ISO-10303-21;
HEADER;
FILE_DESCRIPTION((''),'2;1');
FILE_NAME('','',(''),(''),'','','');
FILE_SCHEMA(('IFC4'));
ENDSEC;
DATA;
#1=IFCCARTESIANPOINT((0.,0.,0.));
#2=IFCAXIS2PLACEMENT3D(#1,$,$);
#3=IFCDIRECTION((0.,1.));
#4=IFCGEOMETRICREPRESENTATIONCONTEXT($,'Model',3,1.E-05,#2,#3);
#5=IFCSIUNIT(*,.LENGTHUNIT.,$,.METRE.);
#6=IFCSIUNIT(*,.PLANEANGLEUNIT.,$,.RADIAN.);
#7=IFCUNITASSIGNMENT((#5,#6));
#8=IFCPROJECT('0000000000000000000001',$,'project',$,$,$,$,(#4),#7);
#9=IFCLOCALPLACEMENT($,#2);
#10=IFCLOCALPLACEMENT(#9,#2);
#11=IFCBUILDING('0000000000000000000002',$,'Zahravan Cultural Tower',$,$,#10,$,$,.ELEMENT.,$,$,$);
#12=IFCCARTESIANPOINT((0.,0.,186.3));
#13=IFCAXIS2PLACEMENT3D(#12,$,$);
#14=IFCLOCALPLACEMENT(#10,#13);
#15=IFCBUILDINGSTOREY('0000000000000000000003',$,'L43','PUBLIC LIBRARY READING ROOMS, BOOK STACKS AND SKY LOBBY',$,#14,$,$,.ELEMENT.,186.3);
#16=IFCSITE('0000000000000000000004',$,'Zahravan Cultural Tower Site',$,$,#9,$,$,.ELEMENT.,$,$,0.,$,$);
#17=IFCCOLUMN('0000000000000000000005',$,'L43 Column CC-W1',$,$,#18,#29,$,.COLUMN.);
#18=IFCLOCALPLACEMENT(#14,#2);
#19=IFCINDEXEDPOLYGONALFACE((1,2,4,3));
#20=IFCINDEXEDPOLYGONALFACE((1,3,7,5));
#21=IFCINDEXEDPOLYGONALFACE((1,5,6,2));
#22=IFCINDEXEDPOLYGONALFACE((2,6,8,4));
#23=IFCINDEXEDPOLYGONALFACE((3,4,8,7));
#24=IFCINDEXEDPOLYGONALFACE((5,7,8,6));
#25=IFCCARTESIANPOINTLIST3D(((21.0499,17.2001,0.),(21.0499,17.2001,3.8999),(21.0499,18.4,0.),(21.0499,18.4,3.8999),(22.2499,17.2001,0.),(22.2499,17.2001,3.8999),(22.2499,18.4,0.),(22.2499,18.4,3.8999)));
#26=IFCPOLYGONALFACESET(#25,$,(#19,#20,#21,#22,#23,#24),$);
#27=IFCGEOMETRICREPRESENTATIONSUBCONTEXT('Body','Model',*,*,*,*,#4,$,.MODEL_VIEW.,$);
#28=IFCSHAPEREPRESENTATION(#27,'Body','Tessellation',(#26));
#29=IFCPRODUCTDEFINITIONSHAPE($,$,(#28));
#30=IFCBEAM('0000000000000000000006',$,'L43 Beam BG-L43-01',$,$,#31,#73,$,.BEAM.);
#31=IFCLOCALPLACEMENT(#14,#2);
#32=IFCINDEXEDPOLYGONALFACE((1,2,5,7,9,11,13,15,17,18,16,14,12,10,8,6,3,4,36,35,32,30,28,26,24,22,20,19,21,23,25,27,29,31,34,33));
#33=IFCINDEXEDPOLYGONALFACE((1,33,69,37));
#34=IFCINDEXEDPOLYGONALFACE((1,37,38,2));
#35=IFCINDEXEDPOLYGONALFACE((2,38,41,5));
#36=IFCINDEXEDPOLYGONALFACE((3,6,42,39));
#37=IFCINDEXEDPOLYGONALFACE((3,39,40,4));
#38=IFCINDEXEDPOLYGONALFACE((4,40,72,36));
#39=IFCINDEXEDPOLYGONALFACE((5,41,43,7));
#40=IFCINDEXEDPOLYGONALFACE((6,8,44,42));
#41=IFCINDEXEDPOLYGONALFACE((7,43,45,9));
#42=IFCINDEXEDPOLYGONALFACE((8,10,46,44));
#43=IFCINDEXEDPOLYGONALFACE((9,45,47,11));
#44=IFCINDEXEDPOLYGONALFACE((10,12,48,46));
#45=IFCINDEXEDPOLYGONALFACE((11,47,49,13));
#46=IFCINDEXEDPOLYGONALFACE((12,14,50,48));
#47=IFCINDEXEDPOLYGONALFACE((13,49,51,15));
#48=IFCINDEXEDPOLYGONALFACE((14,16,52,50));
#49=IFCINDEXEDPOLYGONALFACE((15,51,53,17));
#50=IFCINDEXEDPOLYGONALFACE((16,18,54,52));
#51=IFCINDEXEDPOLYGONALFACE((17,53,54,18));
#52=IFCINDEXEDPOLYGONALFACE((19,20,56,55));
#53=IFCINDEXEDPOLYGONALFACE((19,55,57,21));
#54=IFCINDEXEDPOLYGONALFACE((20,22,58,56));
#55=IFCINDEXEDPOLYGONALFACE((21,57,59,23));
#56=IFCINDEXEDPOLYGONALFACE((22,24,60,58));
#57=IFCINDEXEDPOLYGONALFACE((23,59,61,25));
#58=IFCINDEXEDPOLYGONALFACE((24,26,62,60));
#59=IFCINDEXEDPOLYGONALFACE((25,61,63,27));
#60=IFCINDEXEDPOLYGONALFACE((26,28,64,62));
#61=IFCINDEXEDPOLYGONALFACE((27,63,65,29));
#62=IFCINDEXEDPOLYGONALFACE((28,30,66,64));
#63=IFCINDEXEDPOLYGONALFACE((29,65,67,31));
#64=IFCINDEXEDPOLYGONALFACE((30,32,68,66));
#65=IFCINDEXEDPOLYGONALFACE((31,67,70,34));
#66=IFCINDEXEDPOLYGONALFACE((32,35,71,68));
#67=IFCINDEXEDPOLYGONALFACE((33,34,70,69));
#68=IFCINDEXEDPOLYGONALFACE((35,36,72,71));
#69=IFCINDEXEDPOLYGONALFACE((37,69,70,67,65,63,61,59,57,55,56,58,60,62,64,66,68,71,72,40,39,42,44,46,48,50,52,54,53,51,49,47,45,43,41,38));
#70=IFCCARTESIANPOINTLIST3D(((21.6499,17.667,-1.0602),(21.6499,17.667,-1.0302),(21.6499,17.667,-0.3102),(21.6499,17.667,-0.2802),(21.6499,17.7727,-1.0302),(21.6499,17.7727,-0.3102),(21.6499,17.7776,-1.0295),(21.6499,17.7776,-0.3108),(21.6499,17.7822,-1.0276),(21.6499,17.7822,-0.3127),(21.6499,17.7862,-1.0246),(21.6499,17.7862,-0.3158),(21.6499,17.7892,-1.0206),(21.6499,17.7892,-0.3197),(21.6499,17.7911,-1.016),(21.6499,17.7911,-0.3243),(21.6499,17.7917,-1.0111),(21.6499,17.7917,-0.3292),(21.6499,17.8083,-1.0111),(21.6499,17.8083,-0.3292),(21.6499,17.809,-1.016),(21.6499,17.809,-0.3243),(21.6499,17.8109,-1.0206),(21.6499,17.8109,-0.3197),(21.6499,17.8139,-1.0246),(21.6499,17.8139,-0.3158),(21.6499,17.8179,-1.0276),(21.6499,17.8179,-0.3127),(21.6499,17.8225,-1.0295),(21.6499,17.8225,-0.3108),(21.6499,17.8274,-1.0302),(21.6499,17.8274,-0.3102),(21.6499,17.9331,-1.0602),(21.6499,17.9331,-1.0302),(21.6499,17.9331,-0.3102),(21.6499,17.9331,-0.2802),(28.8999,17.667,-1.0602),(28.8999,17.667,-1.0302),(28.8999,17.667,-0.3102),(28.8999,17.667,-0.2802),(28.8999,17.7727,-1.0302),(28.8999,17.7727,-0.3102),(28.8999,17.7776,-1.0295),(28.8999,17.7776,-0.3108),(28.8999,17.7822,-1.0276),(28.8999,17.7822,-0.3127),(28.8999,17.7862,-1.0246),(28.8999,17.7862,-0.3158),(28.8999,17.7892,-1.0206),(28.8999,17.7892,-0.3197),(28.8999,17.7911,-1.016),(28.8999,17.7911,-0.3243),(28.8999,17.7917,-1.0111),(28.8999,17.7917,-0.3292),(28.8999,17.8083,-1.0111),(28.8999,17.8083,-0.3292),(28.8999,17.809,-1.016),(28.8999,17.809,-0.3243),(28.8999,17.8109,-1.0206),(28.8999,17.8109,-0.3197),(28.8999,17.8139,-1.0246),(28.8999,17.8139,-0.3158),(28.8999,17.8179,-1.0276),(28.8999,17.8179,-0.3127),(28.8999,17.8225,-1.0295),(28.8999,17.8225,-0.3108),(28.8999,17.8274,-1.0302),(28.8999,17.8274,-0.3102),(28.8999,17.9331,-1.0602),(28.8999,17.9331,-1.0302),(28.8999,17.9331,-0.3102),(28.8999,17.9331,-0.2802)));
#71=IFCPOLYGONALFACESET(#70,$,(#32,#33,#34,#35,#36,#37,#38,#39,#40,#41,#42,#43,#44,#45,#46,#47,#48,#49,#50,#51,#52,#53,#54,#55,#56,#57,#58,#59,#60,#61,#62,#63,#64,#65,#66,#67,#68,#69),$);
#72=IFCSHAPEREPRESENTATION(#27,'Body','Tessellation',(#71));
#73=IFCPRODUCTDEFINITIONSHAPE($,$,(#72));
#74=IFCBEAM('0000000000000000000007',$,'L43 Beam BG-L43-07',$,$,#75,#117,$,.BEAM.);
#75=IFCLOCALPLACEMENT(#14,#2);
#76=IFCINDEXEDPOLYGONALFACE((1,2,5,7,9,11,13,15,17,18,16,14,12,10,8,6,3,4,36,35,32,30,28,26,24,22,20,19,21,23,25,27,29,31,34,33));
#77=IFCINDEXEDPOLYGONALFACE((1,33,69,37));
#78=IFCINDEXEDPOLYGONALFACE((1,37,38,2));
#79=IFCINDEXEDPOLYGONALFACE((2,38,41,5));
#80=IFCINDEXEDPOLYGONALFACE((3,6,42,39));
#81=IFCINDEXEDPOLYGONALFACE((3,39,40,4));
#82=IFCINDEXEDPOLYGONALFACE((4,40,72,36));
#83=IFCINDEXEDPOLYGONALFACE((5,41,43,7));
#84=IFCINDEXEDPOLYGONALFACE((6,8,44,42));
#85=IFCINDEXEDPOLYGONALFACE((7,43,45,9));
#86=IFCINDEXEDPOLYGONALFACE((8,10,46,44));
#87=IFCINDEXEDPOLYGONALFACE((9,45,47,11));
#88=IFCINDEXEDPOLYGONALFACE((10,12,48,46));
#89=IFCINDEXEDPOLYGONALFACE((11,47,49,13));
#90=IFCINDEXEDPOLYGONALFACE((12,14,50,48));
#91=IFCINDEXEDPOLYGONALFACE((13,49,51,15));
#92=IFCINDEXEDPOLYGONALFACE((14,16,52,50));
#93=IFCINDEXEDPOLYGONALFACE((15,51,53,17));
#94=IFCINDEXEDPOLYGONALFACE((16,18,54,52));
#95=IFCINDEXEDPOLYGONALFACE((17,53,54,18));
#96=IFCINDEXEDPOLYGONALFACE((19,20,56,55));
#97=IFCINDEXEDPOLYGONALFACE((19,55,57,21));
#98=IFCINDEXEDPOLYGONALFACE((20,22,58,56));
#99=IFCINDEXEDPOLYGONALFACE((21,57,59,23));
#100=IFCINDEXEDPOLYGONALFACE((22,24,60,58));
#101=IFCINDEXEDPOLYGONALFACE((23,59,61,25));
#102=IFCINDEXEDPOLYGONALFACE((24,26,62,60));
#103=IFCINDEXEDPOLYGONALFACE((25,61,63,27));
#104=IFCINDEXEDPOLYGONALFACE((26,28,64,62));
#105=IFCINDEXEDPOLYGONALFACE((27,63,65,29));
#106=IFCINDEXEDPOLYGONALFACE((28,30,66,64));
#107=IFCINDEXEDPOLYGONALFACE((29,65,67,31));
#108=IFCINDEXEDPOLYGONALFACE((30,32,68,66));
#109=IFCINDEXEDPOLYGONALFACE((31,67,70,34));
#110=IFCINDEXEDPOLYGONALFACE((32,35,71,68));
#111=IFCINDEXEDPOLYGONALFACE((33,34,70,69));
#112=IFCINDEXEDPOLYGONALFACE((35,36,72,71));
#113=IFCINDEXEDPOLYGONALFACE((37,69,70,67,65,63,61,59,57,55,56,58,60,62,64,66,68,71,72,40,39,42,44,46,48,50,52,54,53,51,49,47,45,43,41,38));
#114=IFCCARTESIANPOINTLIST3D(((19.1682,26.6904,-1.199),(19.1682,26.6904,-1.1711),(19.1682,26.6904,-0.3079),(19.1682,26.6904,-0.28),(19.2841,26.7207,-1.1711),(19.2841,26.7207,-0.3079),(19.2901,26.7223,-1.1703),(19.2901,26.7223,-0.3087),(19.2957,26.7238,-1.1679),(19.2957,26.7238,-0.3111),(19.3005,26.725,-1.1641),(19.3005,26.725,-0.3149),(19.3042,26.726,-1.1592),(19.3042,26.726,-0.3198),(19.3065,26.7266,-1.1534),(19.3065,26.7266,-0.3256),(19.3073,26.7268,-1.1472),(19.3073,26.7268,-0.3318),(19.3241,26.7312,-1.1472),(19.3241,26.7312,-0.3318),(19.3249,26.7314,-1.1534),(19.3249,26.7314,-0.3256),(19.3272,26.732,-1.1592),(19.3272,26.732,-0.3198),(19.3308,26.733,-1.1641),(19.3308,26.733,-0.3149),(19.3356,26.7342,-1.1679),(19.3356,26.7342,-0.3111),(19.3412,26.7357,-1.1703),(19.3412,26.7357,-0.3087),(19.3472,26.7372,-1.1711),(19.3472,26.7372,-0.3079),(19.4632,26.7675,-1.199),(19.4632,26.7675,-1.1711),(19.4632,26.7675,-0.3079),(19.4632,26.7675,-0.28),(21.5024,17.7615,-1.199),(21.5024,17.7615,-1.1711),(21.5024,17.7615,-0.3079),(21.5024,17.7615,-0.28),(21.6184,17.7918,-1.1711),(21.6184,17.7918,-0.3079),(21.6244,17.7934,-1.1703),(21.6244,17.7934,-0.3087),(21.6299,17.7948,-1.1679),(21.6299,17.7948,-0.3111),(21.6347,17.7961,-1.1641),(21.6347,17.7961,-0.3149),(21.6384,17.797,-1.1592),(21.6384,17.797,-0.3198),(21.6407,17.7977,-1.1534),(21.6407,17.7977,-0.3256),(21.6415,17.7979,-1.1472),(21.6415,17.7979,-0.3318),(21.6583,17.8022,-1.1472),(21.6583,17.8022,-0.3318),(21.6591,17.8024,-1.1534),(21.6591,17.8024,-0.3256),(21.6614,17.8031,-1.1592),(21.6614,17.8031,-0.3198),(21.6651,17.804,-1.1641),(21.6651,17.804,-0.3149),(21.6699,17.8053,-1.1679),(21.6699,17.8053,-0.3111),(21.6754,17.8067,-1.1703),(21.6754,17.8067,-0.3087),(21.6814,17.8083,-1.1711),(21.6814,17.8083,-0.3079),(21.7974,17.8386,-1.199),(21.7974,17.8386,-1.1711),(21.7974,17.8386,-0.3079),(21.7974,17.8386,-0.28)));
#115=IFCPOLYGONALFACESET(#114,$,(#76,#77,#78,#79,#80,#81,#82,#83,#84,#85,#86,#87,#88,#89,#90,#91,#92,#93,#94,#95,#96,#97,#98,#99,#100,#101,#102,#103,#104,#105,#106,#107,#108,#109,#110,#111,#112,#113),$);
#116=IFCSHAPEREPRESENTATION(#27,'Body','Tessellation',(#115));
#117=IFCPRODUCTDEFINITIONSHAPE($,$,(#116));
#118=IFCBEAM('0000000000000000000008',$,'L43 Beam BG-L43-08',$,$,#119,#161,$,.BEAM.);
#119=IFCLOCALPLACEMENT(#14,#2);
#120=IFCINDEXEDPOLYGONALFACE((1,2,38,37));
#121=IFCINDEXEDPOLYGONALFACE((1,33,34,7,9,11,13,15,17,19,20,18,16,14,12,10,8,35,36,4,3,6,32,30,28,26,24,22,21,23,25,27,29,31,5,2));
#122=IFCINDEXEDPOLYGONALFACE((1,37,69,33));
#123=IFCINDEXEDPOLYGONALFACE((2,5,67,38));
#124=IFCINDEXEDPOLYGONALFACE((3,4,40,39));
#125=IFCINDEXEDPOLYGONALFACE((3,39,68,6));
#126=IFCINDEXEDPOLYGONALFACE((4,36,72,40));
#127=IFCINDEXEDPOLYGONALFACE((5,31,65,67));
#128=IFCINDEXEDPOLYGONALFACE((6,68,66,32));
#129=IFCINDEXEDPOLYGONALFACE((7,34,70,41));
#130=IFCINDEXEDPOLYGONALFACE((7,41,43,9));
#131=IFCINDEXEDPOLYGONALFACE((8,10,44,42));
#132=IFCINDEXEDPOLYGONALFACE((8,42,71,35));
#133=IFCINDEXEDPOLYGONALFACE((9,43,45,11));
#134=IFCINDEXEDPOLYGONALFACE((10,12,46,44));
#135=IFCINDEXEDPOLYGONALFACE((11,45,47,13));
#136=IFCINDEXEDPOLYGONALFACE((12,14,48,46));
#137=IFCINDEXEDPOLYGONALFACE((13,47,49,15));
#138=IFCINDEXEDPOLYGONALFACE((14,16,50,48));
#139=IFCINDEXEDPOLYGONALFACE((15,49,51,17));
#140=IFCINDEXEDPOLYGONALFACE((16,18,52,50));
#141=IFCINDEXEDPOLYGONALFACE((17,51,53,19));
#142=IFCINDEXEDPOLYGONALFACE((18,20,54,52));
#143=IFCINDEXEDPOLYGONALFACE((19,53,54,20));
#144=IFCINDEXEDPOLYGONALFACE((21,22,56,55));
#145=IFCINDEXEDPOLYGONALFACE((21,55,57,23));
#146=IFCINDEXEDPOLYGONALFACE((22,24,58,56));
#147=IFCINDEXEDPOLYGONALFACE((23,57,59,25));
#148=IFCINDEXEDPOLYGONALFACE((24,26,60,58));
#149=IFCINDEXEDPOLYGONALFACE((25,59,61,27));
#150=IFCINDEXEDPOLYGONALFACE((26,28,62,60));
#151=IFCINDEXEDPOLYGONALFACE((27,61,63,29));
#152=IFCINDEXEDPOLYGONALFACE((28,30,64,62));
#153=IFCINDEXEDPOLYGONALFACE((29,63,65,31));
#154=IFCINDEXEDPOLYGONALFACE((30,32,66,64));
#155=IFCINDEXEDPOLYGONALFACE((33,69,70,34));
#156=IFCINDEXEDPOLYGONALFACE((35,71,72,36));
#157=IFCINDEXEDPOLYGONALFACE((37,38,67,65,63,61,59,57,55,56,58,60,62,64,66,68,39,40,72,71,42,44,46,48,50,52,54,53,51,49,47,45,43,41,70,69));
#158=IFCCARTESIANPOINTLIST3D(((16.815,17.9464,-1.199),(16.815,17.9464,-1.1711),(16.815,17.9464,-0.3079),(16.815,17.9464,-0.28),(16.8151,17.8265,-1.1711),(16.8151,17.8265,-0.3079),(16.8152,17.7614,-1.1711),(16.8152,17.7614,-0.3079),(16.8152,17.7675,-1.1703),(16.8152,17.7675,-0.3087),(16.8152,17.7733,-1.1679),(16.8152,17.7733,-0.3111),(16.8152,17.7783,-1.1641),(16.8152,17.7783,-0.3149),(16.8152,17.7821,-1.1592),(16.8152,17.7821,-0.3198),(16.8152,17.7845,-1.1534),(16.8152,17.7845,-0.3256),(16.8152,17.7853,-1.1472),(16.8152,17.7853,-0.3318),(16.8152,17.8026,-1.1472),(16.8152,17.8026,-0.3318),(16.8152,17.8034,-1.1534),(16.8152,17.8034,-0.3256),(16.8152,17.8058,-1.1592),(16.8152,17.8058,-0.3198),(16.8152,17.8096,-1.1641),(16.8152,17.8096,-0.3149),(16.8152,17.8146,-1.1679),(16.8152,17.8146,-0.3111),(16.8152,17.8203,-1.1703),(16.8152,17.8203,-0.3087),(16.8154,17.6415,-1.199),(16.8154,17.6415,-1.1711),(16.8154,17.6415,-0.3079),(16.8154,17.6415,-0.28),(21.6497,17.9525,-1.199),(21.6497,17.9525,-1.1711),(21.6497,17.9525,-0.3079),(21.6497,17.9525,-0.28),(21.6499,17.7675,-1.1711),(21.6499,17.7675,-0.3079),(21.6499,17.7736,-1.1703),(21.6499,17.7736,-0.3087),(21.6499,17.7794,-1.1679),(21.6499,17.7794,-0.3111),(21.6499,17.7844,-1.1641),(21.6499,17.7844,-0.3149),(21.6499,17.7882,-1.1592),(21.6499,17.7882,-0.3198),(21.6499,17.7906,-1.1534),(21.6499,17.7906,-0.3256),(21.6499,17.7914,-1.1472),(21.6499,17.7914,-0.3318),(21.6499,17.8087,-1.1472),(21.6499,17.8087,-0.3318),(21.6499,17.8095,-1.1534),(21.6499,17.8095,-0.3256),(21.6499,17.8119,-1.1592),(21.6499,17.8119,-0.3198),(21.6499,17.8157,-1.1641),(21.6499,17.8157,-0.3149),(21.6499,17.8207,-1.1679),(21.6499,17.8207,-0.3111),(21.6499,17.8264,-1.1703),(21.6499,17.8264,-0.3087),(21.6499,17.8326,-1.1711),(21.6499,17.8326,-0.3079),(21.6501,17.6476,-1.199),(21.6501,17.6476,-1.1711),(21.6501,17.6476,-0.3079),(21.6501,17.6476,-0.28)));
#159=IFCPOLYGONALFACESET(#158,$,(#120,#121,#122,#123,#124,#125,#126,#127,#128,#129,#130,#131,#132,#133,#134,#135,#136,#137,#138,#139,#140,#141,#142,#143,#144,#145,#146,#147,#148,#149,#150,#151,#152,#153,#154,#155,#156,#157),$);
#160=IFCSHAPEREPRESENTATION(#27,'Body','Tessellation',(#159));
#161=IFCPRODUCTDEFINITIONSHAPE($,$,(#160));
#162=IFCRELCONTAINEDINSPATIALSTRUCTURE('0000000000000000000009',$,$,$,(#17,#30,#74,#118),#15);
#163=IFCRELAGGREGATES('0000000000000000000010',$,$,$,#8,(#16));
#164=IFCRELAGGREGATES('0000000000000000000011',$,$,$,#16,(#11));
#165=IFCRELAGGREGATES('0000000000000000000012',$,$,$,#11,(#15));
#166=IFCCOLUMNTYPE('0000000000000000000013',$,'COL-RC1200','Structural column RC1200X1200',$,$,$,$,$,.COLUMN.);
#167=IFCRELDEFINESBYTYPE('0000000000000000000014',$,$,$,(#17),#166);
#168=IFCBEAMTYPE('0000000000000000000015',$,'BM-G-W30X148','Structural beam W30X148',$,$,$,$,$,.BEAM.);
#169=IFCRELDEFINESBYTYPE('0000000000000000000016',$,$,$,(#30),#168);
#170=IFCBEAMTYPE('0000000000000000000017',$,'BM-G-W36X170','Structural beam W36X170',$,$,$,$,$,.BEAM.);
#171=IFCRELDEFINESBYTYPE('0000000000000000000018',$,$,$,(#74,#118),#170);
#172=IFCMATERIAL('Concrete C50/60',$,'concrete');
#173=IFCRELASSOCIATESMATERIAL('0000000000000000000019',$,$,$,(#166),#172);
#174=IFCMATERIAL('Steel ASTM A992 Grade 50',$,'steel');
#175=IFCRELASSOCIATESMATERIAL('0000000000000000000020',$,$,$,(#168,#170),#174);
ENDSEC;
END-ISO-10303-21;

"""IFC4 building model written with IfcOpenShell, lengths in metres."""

from ifc_helpers import new_model, si_unit, direction, frame, origin, origin_2d, place, context, subcontext, project, spatial, rectangle, i_section, extrude, source, transform, mapped, material, material_profile, profile_set, type_object, element, save


model = new_model("IFC4")

# Units and contexts
model_context = context("Model", 3, precision=1e-05, world=origin(), true_north=direction((0.0, 1.0)))
body_context = subcontext(model_context, "Body", "Model", "MODEL_VIEW")
ifc_project = project(units=[si_unit("LENGTHUNIT", "METRE"), si_unit("PLANEANGLEUNIT", "RADIAN")], contexts=[model_context])

# Site, building, storey
site_placement = place(None, origin())
site = spatial("IfcSite", under=ifc_project, at=site_placement, Name="Zahravan Cultural Tower Site", CompositionType="ELEMENT", RefElevation=0.0)
building_placement = place(site_placement, origin())
building = spatial("IfcBuilding", under=site, at=building_placement, Name="Zahravan Cultural Tower", CompositionType="ELEMENT")
storey_placement = place(building_placement, frame((0.0, 0.0, 186.3)))
storey = spatial("IfcBuildingStorey", under=building, at=storey_placement, Name="L43", Description="PUBLIC LIBRARY READING ROOMS, BOOK STACKS AND SKY LOBBY", CompositionType="ELEMENT", Elevation=186.3)

# Column
ifc_material_1 = material(Name="Concrete C50/60", Category="concrete")
ifc_material_profile_1 = material_profile(ifc_material_1, rectangle(XDim=1.2, YDim=1.2, at=origin_2d()), Name="RC1200X1200")
ifc_profile_set_1 = profile_set([ifc_material_profile_1], Name="Concrete C50/60")
column_type = type_object("IfcColumnType", Name="COL-RC1200", Description="Structural column RC1200X1200", PredefinedType="COLUMN", material=ifc_profile_set_1)
shared_shape_1 = source(origin(), body_context, "Body", "SweptSolid", [
    extrude(rectangle(XDim=1.2, YDim=1.2, at=origin_2d()), origin(), (0.0, 0.0, 1.0), 3.8999),
])
column_placement = place(storey_placement, frame((21.6499, 17.8, 0.0), z_axis=(0.0, 0.0, 1.0), x_axis=(1.0, 0.0, 0.0)))
element("IfcColumn", 1, at=column_placement, inside=storey, type_object=column_type, Name="L43 Column CC-W1", PredefinedType="COLUMN", context=body_context, shape_type="MappedRepresentation", body=[
    mapped(shared_shape_1, transform((0.0, 0.0, 0.0), x_axis=(1.0, 0.0, 0.0), y_axis=(0.0, 1.0, 0.0), z_axis=(0.0, 0.0, 1.0), scale=1.0)),
])

# Beams
ifc_material_2 = material(Name="Steel ASTM A992 Grade 50", Category="steel")
ifc_material_profile_2 = material_profile(ifc_material_2, i_section(OverallWidth=0.2661, OverallDepth=0.78, WebThickness=0.0166, FlangeThickness=0.03, FilletRadius=0.019, at=origin_2d()), Name="W30X148")
ifc_profile_set_2 = profile_set([ifc_material_profile_2], Name="Steel ASTM A992 Grade 50")
beam_type_1 = type_object("IfcBeamType", Name="BM-G-W30X148", Description="Structural beam W30X148", PredefinedType="BEAM", material=ifc_profile_set_2)
shared_shape_2 = source(origin(), body_context, "Body", "SweptSolid", [
    extrude(i_section(OverallWidth=0.2661, OverallDepth=0.78, WebThickness=0.0166, FlangeThickness=0.03, FilletRadius=0.019, at=origin_2d()), origin(), (0.0, 0.0, 1.0), 7.25),
])
beam_1_placement = place(storey_placement, frame((21.6499, 17.8, -0.6702), z_axis=(1.0, 0.0, 0.0), x_axis=(0.0, 1.0, 0.0)))
element("IfcBeam", 2, at=beam_1_placement, inside=storey, type_object=beam_type_1, Name="L43 Beam BG-L43-01", PredefinedType="BEAM", context=body_context, shape_type="MappedRepresentation", body=[
    mapped(shared_shape_2, transform((0.0, 0.0, 0.0), x_axis=(1.0, 0.0, 0.0), y_axis=(0.0, 1.0, 0.0), z_axis=(0.0, 0.0, 1.0), scale=1.0)),
])
ifc_material_profile_3 = material_profile(ifc_material_2, i_section(OverallWidth=0.3049, OverallDepth=0.9189, WebThickness=0.0173, FlangeThickness=0.0278, FilletRadius=0.0239, at=origin_2d()), Name="W36X170")
ifc_profile_set_3 = profile_set([ifc_material_profile_3], Name="Steel ASTM A992 Grade 50")
beam_type_2 = type_object("IfcBeamType", Name="BM-G-W36X170", Description="Structural beam W36X170", PredefinedType="BEAM", material=ifc_profile_set_3)
shared_shape_3 = source(origin(), body_context, "Body", "SweptSolid", [
    extrude(i_section(OverallWidth=0.3049, OverallDepth=0.9189, WebThickness=0.0173, FlangeThickness=0.0278, FilletRadius=0.0239, at=origin_2d()), origin(), (0.0, 0.0, 1.0), 9.229),
])
beam_2_placement = place(storey_placement, frame((21.6499, 17.8, -0.7395), z_axis=(-0.252923, 0.967487, 0.0), x_axis=(-0.967487, -0.252923, 0.0)))
element("IfcBeam", 3, at=beam_2_placement, inside=storey, type_object=beam_type_2, Name="L43 Beam BG-L43-07", PredefinedType="BEAM", context=body_context, shape_type="MappedRepresentation", body=[
    mapped(shared_shape_3, transform((0.0, 0.0, 0.0), x_axis=(1.0, 0.0, 0.0), y_axis=(0.0, 1.0, 0.0), z_axis=(0.0, 0.0, 1.0), scale=1.0)),
])
shared_shape_4 = source(origin(), body_context, "Body", "SweptSolid", [
    extrude(i_section(OverallWidth=0.3049, OverallDepth=0.9189, WebThickness=0.0173, FlangeThickness=0.0278, FilletRadius=0.0239, at=origin_2d()), origin(), (0.0, 0.0, 1.0), 4.8347),
])
beam_3_placement = place(storey_placement, frame((21.6499, 17.8, -0.7395), z_axis=(-0.999999, -0.001262, 0.0), x_axis=(0.001262, -0.999999, 0.0)))
element("IfcBeam", 4, at=beam_3_placement, inside=storey, type_object=beam_type_2, Name="L43 Beam BG-L43-08", PredefinedType="BEAM", context=body_context, shape_type="MappedRepresentation", body=[
    mapped(shared_shape_4, transform((0.0, 0.0, 0.0), x_axis=(1.0, 0.0, 0.0), y_axis=(0.0, 1.0, 0.0), z_axis=(0.0, 0.0, 1.0), scale=1.0)),
])

save(model, "model.ifc")
